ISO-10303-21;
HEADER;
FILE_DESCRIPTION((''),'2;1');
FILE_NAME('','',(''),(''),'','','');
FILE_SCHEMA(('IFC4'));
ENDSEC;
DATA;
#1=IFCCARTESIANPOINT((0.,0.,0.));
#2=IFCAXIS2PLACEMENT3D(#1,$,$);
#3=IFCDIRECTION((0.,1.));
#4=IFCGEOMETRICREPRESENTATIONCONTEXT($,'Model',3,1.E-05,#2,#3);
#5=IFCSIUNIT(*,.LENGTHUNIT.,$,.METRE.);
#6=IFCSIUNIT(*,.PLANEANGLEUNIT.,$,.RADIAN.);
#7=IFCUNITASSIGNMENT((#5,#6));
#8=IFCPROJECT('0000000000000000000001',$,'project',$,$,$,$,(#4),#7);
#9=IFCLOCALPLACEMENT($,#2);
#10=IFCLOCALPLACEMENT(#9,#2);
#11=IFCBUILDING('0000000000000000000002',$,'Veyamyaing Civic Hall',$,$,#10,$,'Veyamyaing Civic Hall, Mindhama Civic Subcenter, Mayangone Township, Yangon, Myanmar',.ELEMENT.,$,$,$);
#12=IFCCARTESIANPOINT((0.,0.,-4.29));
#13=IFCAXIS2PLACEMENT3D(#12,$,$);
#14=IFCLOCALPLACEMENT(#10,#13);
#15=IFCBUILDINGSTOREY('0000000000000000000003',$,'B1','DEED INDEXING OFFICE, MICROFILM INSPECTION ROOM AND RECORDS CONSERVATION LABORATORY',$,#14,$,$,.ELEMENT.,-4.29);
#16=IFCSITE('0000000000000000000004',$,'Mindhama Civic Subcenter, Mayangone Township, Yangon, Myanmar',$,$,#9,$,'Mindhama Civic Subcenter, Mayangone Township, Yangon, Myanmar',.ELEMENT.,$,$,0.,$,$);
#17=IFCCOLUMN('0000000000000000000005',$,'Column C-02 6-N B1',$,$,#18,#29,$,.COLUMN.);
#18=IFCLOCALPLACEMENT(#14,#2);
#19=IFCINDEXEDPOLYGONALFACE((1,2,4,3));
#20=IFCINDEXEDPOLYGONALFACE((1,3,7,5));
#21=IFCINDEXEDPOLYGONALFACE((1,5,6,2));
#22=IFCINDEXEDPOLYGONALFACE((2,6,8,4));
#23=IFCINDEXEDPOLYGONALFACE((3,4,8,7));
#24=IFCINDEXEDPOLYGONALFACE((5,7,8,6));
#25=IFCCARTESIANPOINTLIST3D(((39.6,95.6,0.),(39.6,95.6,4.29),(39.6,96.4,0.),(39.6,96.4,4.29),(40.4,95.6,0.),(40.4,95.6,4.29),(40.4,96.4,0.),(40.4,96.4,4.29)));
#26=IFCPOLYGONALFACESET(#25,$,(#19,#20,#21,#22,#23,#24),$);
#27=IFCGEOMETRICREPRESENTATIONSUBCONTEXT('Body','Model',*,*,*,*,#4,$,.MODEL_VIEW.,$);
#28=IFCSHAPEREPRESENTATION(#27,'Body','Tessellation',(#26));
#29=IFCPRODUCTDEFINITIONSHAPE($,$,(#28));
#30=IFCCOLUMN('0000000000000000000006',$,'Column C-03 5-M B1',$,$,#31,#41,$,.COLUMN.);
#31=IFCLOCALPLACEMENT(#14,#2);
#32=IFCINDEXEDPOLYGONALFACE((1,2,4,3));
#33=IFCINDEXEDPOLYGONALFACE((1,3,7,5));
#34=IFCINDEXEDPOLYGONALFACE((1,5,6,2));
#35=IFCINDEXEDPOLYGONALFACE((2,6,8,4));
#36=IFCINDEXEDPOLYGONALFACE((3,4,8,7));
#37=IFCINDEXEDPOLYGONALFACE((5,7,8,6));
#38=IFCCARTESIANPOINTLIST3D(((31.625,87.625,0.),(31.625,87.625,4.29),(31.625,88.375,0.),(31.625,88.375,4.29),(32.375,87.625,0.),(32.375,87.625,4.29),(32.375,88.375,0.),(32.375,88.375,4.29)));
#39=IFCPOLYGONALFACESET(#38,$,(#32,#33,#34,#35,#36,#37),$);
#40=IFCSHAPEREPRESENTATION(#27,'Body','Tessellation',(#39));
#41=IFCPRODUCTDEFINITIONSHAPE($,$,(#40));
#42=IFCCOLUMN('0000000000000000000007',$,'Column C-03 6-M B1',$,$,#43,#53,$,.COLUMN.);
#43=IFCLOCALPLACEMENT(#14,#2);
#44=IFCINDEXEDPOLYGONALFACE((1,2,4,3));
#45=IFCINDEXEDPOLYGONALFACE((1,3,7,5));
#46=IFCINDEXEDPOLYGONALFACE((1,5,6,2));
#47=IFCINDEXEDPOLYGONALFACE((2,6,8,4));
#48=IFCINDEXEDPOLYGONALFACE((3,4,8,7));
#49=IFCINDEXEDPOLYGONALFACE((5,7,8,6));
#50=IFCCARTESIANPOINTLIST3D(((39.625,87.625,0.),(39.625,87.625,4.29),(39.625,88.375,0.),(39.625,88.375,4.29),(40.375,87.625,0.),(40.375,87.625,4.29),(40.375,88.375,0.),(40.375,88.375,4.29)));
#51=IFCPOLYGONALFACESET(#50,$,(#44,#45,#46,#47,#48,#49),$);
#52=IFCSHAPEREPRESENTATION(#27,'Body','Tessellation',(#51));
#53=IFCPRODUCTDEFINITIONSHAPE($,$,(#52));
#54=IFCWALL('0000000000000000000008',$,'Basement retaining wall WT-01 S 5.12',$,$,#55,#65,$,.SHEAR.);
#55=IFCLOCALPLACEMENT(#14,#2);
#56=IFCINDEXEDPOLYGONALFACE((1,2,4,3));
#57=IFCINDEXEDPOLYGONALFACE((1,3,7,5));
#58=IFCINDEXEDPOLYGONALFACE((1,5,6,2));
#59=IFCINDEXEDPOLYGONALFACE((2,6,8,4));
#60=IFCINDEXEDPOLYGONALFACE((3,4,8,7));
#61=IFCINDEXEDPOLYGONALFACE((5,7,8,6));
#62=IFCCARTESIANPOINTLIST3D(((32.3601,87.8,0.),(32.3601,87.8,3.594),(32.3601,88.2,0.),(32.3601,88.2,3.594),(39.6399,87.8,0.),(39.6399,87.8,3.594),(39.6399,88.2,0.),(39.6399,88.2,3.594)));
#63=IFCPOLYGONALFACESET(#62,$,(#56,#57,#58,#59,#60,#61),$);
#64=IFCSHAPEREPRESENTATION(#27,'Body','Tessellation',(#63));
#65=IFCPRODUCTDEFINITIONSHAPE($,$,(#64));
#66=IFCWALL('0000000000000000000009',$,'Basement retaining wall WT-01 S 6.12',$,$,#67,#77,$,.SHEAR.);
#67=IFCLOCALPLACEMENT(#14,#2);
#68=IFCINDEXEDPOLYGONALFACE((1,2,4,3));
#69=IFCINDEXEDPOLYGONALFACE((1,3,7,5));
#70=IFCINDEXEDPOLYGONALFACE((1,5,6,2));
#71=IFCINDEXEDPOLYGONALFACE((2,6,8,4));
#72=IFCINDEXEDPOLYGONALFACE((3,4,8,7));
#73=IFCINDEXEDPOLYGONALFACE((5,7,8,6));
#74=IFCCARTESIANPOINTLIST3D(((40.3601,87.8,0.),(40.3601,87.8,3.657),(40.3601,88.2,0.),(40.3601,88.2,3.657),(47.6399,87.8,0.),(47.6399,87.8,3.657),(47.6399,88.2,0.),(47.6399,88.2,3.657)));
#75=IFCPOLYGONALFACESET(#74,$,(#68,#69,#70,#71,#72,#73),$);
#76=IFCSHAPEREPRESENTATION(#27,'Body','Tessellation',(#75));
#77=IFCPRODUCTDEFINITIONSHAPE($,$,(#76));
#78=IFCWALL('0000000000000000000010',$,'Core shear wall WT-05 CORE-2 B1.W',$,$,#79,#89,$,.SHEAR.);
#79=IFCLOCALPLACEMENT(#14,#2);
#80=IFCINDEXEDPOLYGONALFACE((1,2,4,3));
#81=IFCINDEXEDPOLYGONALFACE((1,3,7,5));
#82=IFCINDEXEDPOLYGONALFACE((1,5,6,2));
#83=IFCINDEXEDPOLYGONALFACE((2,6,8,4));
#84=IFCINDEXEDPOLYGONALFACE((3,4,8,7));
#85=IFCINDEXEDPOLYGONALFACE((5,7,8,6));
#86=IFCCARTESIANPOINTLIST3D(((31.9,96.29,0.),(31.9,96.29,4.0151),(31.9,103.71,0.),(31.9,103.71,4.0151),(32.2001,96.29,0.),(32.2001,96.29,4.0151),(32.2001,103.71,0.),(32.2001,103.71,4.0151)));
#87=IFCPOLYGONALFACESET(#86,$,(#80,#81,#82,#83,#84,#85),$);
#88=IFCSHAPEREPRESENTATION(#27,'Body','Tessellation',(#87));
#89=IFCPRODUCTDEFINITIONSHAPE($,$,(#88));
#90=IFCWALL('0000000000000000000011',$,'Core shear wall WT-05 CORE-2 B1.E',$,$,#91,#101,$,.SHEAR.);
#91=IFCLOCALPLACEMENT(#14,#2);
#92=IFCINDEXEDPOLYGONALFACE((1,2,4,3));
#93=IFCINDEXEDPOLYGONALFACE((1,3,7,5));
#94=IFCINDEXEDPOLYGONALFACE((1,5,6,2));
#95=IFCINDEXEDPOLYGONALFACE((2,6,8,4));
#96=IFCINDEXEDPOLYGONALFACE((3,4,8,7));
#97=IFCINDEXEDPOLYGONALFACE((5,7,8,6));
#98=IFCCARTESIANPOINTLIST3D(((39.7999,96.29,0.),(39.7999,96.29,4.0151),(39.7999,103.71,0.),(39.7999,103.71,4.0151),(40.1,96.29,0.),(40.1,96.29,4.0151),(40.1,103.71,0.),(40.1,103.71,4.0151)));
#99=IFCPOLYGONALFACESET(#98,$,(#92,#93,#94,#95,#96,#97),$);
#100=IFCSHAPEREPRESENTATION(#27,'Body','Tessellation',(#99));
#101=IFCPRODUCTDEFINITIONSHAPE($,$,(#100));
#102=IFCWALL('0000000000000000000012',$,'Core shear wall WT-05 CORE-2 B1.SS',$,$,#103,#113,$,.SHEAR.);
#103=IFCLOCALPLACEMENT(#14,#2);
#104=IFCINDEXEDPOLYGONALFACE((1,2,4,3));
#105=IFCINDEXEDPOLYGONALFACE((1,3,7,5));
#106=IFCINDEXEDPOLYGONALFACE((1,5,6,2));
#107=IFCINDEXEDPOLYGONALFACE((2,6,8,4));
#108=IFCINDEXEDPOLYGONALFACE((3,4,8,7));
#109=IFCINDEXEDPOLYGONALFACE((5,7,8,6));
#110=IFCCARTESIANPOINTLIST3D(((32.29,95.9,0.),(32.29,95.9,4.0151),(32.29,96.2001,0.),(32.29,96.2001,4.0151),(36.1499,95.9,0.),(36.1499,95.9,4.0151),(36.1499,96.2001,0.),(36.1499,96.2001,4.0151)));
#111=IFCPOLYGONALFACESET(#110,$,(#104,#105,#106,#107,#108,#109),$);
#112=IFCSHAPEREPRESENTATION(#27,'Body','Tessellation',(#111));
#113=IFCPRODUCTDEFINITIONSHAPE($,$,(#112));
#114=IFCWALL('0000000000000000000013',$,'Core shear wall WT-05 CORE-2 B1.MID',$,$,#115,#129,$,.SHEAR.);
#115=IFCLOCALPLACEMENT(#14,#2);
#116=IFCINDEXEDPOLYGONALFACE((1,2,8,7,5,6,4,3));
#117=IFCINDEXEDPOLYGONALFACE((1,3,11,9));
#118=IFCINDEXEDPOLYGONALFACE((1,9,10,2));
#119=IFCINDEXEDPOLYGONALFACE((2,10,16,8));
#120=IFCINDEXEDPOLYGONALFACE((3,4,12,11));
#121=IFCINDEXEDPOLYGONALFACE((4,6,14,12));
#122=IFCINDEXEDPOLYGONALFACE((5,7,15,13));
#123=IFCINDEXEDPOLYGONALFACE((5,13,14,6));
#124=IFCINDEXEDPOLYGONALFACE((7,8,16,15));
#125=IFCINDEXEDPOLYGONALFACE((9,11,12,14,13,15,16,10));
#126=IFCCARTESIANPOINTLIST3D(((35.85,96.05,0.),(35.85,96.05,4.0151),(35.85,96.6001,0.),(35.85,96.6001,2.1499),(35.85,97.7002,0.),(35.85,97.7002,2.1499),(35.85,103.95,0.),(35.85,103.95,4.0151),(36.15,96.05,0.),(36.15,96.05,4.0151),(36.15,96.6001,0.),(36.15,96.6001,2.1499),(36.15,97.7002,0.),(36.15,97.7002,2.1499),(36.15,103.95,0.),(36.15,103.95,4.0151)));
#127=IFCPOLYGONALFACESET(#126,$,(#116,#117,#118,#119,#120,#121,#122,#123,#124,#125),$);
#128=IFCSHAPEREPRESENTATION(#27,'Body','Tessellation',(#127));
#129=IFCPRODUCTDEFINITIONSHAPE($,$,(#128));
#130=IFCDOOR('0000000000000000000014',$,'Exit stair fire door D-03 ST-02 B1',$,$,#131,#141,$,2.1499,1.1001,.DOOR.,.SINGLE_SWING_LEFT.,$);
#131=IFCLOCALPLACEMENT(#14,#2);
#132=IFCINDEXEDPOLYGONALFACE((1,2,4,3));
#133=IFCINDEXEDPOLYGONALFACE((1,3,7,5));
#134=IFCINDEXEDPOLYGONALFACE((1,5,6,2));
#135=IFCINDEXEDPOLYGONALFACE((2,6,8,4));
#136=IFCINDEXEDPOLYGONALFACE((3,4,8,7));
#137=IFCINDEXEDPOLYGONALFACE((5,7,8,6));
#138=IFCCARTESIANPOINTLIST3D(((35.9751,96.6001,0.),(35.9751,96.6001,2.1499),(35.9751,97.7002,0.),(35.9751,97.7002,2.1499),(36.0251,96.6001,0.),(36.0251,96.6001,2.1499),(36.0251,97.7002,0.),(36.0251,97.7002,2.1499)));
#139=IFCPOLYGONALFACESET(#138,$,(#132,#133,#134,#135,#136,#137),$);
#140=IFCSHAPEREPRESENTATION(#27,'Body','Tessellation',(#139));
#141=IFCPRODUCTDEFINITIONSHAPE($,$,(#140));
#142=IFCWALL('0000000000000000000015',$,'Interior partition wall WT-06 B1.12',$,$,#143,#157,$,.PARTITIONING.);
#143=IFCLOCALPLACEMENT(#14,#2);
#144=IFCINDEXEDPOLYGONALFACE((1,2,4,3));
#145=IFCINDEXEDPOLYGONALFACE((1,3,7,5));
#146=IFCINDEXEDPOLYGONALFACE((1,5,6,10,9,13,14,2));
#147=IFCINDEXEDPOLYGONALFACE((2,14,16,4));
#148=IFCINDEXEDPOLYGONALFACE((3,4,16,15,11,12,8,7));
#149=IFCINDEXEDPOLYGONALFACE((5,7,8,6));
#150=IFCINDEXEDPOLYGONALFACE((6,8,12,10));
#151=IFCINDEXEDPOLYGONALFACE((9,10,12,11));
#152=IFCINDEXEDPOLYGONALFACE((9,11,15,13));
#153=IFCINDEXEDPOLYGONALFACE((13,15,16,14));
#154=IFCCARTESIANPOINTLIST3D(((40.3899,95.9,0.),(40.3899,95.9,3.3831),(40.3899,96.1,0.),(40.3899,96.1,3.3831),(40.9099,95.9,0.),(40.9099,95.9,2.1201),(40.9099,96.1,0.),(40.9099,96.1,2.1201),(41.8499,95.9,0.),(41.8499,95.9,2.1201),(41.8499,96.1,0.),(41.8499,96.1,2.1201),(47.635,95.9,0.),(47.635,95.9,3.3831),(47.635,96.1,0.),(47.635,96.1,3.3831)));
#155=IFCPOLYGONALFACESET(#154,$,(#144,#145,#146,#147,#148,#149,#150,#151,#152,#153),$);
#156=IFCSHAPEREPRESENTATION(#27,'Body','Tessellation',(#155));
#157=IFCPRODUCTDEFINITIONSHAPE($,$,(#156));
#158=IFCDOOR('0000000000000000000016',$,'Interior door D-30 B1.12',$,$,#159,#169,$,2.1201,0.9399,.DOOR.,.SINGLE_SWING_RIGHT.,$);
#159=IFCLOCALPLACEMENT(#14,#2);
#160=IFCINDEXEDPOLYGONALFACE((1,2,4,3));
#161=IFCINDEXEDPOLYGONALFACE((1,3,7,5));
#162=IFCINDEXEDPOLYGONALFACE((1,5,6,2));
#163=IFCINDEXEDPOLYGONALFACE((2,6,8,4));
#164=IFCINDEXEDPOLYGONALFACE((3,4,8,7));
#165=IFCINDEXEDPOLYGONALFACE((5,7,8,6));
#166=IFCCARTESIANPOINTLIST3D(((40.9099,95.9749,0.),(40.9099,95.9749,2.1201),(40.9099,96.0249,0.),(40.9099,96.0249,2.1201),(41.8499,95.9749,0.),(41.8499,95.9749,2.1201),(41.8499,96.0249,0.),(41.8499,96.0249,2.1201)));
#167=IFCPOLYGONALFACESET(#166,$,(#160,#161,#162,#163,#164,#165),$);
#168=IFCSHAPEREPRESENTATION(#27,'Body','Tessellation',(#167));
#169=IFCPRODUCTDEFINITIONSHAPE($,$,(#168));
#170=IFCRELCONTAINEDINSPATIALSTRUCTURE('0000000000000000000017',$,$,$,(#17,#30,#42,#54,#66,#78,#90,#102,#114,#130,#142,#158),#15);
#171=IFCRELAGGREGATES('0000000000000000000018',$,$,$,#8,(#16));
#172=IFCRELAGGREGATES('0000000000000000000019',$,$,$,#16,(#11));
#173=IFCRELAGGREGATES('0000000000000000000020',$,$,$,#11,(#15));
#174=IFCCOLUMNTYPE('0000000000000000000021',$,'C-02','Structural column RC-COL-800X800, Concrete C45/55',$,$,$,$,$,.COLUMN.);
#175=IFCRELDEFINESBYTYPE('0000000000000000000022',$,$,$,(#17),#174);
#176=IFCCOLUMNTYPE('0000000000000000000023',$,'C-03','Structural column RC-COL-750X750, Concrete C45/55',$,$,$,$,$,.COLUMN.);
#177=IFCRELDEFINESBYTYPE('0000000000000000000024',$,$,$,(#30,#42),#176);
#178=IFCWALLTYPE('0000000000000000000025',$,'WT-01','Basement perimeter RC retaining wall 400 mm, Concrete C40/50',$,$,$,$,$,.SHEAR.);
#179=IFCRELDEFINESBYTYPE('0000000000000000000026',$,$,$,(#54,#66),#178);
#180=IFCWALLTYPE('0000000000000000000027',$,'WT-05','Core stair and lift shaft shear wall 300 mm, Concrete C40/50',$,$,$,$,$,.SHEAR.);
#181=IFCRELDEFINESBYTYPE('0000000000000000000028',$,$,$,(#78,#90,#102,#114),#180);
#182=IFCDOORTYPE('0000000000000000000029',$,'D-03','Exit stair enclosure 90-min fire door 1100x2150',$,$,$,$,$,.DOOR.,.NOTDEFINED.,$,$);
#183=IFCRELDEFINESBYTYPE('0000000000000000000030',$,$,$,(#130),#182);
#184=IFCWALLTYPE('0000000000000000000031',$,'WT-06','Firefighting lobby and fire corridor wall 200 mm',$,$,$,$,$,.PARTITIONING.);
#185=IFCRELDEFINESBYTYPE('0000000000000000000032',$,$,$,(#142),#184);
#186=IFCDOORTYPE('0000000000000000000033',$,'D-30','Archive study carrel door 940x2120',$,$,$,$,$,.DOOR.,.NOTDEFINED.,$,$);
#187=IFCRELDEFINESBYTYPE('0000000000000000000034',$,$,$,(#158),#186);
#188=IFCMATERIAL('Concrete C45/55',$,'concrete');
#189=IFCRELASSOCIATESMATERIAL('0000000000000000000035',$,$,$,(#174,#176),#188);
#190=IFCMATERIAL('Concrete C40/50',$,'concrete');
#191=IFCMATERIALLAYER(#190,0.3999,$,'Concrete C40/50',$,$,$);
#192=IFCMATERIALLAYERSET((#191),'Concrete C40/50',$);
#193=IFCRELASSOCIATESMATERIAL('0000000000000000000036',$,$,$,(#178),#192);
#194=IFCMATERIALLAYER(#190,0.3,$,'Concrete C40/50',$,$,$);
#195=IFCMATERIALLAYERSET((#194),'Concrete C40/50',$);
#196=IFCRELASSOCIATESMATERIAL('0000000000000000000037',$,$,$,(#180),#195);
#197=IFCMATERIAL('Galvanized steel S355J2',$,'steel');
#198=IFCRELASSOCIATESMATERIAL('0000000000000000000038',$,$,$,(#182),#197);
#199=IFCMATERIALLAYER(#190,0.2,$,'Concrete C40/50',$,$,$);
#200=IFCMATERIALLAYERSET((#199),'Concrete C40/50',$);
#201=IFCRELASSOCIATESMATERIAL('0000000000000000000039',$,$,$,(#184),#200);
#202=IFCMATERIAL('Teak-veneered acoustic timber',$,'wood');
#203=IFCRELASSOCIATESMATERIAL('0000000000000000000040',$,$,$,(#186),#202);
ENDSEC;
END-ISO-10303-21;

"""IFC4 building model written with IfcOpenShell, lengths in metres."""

from ifc_helpers import new_model, si_unit, direction, frame, frame_2d, origin, origin_2d, place, context, subcontext, project, spatial, rectangle, extrude, material, layer, layer_set, material_profile, profile_set, type_object, element, fill, save


model = new_model("IFC4")

# Units and contexts
model_context = context("Model", 3, precision=1e-05, world=origin(), true_north=direction((0.0, 1.0)))
body_context = subcontext(model_context, "Body", "Model", "MODEL_VIEW")
ifc_project = project(units=[si_unit("LENGTHUNIT", "METRE"), si_unit("PLANEANGLEUNIT", "RADIAN")], contexts=[model_context])

# Site, building, storey
site_placement = place(None, origin())
site = spatial("IfcSite", under=ifc_project, at=site_placement, Name="Mindhama Civic Subcenter, Mayangone Township, Yangon, Myanmar", LongName="Mindhama Civic Subcenter, Mayangone Township, Yangon, Myanmar", CompositionType="ELEMENT", RefElevation=0.0)
building_placement = place(site_placement, origin())
building = spatial("IfcBuilding", under=site, at=building_placement, Name="Veyamyaing Civic Hall", LongName="Veyamyaing Civic Hall, Mindhama Civic Subcenter, Mayangone Township, Yangon, Myanmar", CompositionType="ELEMENT")
storey_placement = place(building_placement, frame((0.0, 0.0, -4.29)))
storey = spatial("IfcBuildingStorey", under=building, at=storey_placement, Name="B1", Description="DEED INDEXING OFFICE, MICROFILM INSPECTION ROOM AND RECORDS CONSERVATION LABORATORY", CompositionType="ELEMENT", Elevation=-4.29)

# Shared definitions
ifc_material_1 = material(Name="Concrete C40/50", Category="concrete")

# Columns
ifc_material_2 = material(Name="Concrete C45/55", Category="concrete")
ifc_material_profile_1 = material_profile(ifc_material_2, rectangle(XDim=0.8, YDim=0.8, at=origin_2d()), Name="RC-COL-800X800")
ifc_profile_set_1 = profile_set([ifc_material_profile_1], Name="Concrete C45/55")
column_type_1 = type_object("IfcColumnType", Name="C-02", Description="Structural column RC-COL-800X800, Concrete C45/55", PredefinedType="COLUMN", material=ifc_profile_set_1)
for number, where, z_axis, x_axis, name in (
    (1, (40.0, 96.0, 0.0), (0.0, 0.0, 1.0), (1.0, 0.0, 0.0), "Column C-02 6-N B1"),
):
    element("IfcColumn", number, at=place(storey_placement, frame(where, z_axis=z_axis, x_axis=x_axis)), inside=storey, type_object=column_type_1, Name=name, PredefinedType="COLUMN", context=body_context, shape_type="SweptSolid", body=[
        extrude(rectangle(XDim=0.8, YDim=0.8, at=origin_2d()), origin(), (0.0, 0.0, 1.0), 4.29),
    ])
ifc_material_profile_2 = material_profile(ifc_material_2, rectangle(XDim=0.75, YDim=0.75, at=origin_2d()), Name="RC-COL-750X750")
ifc_profile_set_2 = profile_set([ifc_material_profile_2], Name="Concrete C45/55")
column_type_2 = type_object("IfcColumnType", Name="C-03", Description="Structural column RC-COL-750X750, Concrete C45/55", PredefinedType="COLUMN", material=ifc_profile_set_2)
for number, where, z_axis, x_axis, name in (
    (2, (32.0, 88.0, 0.0), (0.0, 0.0, 1.0), (1.0, 0.0, 0.0), "Column C-03 5-M B1"),
    (3, (40.0, 88.0, 0.0), (0.0, 0.0, 1.0), (1.0, 0.0, 0.0), "Column C-03 6-M B1"),
):
    element("IfcColumn", number, at=place(storey_placement, frame(where, z_axis=z_axis, x_axis=x_axis)), inside=storey, type_object=column_type_2, Name=name, PredefinedType="COLUMN", context=body_context, shape_type="SweptSolid", body=[
        extrude(rectangle(XDim=0.75, YDim=0.75, at=origin_2d()), origin(), (0.0, 0.0, 1.0), 4.29),
    ])

# Walls
ifc_layer_1 = layer(ifc_material_1, 0.3999, Name="Concrete C40/50")
ifc_layer_set_1 = layer_set([ifc_layer_1], Name="Concrete C40/50")
wall_type_1 = type_object("IfcWallType", Name="WT-01", Description="Basement perimeter RC retaining wall 400 mm, Concrete C40/50", PredefinedType="SHEAR", material=ifc_layer_set_1)
wall_1_placement = place(storey_placement, frame((32.3601, 88.0, 0.0), z_axis=(0.0, 0.0, 1.0), x_axis=(1.0, 0.0, 0.0)))
element("IfcWall", 4, at=wall_1_placement, inside=storey, type_object=wall_type_1, Name="Basement retaining wall WT-01 S 5.12", PredefinedType="SHEAR", context=body_context, shape_type="SweptSolid", body=[
    extrude(rectangle(XDim=7.2798, YDim=0.3999, at=frame_2d((3.6399, 0.0))), origin(), (0.0, 0.0, 1.0), 3.594),
])
wall_2_placement = place(storey_placement, frame((40.3601, 88.0, 0.0), z_axis=(0.0, 0.0, 1.0), x_axis=(1.0, 0.0, 0.0)))
element("IfcWall", 5, at=wall_2_placement, inside=storey, type_object=wall_type_1, Name="Basement retaining wall WT-01 S 6.12", PredefinedType="SHEAR", context=body_context, shape_type="SweptSolid", body=[
    extrude(rectangle(XDim=7.2798, YDim=0.3999, at=frame_2d((3.6399, 0.0))), origin(), (0.0, 0.0, 1.0), 3.657),
])
ifc_layer_2 = layer(ifc_material_1, 0.3, Name="Concrete C40/50")
ifc_layer_set_2 = layer_set([ifc_layer_2], Name="Concrete C40/50")
wall_type_2 = type_object("IfcWallType", Name="WT-05", Description="Core stair and lift shaft shear wall 300 mm, Concrete C40/50", PredefinedType="SHEAR", material=ifc_layer_set_2)
for number, where, z_axis, x_axis, name in (
    (6, (32.05, 96.29, 0.0), (0.0, 0.0, 1.0), (0.0, 1.0, 0.0), "Core shear wall WT-05 CORE-2 B1.W"),
    (7, (39.95, 96.29, 0.0), (0.0, 0.0, 1.0), (0.0, 1.0, 0.0), "Core shear wall WT-05 CORE-2 B1.E"),
):
    element("IfcWall", number, at=place(storey_placement, frame(where, z_axis=z_axis, x_axis=x_axis)), inside=storey, type_object=wall_type_2, Name=name, PredefinedType="SHEAR", context=body_context, shape_type="SweptSolid", body=[
        extrude(rectangle(XDim=7.4199, YDim=0.3, at=frame_2d((3.71, 0.0))), origin(), (0.0, 0.0, 1.0), 4.0151),
    ])
wall_3_placement = place(storey_placement, frame((32.29, 96.05, 0.0), z_axis=(0.0, 0.0, 1.0), x_axis=(1.0, 0.0, 0.0)))
element("IfcWall", 8, at=wall_3_placement, inside=storey, type_object=wall_type_2, Name="Core shear wall WT-05 CORE-2 B1.SS", PredefinedType="SHEAR", context=body_context, shape_type="SweptSolid", body=[
    extrude(rectangle(XDim=3.8599, YDim=0.3, at=frame_2d((1.9299, 0.0))), origin(), (0.0, 0.0, 1.0), 4.0151),
])

# Walls, openings, doors
wall_4_placement = place(storey_placement, frame((36.0, 96.05, 0.0), z_axis=(0.0, 0.0, 1.0), x_axis=(0.0, 1.0, 0.0)))
wall_4 = element("IfcWall", 9, at=wall_4_placement, inside=storey, type_object=wall_type_2, Name="Core shear wall WT-05 CORE-2 B1.MID", PredefinedType="SHEAR", context=body_context, shape_type="SweptSolid", body=[
    extrude(rectangle(XDim=7.8999, YDim=0.3, at=frame_2d((3.95, 0.0))), origin(), (0.0, 0.0, 1.0), 4.0151),
])
opening_1_placement = place(wall_4_placement, frame((0.55, 0.0, 0.0)))
opening_1 = element("IfcOpeningElement", 10, at=opening_1_placement, cuts=wall_4, PredefinedType="OPENING", context=body_context, shape_type="SweptSolid", body=[
    extrude(rectangle(XDim=1.1001, YDim=2.1499, at=frame_2d((0.55, 1.075))), frame((0.0, 0.1599, 0.0), z_axis=(0.0, -1.0, 0.0), x_axis=(1.0, 0.0, 0.0)), (0.0, 0.0, 1.0), 0.3201),
])
ifc_material_3 = material(Name="Galvanized steel S355J2", Category="steel")
door_type_1 = type_object("IfcDoorType", Name="D-03", Description="Exit stair enclosure 90-min fire door 1100x2150", OperationType="NOTDEFINED", PredefinedType="DOOR", material=ifc_material_3)
door_1_placement = place(opening_1_placement, origin())
door_1 = element("IfcDoor", 11, at=door_1_placement, inside=storey, type_object=door_type_1, Name="Exit stair fire door D-03 ST-02 B1", OperationType="SINGLE_SWING_LEFT", OverallHeight=2.1499, OverallWidth=1.1001, PredefinedType="DOOR", context=body_context, shape_type="SweptSolid", body=[
    extrude(rectangle(XDim=1.1001, YDim=2.1499, at=frame_2d((0.55, 1.075))), frame((0.0, 0.0249, 0.0), z_axis=(0.0, -1.0, 0.0), x_axis=(1.0, 0.0, 0.0)), (0.0, 0.0, 1.0), 0.05),
])
fill(opening_1, door_1)
ifc_layer_3 = layer(ifc_material_1, 0.2, Name="Concrete C40/50")
ifc_layer_set_3 = layer_set([ifc_layer_3], Name="Concrete C40/50")
wall_type_3 = type_object("IfcWallType", Name="WT-06", Description="Firefighting lobby and fire corridor wall 200 mm", PredefinedType="PARTITIONING", material=ifc_layer_set_3)
wall_5_placement = place(storey_placement, frame((40.3899, 96.0, 0.0), z_axis=(0.0, 0.0, 1.0), x_axis=(1.0, 0.0, 0.0)))
wall_5 = element("IfcWall", 12, at=wall_5_placement, inside=storey, type_object=wall_type_3, Name="Interior partition wall WT-06 B1.12", PredefinedType="PARTITIONING", context=body_context, shape_type="SweptSolid", body=[
    extrude(rectangle(XDim=7.2451, YDim=0.2, at=frame_2d((3.6226, 0.0))), origin(), (0.0, 0.0, 1.0), 3.3831),
])
opening_2_placement = place(wall_5_placement, frame((0.52, 0.0, 0.0)))
opening_2 = element("IfcOpeningElement", 13, at=opening_2_placement, cuts=wall_5, PredefinedType="OPENING", context=body_context, shape_type="SweptSolid", body=[
    extrude(rectangle(XDim=0.9399, YDim=2.1201, at=frame_2d((0.47, 1.0601))), frame((0.0, 0.1099, 0.0), z_axis=(0.0, -1.0, 0.0), x_axis=(1.0, 0.0, 0.0)), (0.0, 0.0, 1.0), 0.22),
])
ifc_material_4 = material(Name="Teak-veneered acoustic timber", Category="wood")
door_type_2 = type_object("IfcDoorType", Name="D-30", Description="Archive study carrel door 940x2120", OperationType="NOTDEFINED", PredefinedType="DOOR", material=ifc_material_4)
door_2_placement = place(opening_2_placement, origin())
door_2 = element("IfcDoor", 14, at=door_2_placement, inside=storey, type_object=door_type_2, Name="Interior door D-30 B1.12", OperationType="SINGLE_SWING_RIGHT", OverallHeight=2.1201, OverallWidth=0.9399, PredefinedType="DOOR", context=body_context, shape_type="SweptSolid", body=[
    extrude(rectangle(XDim=0.9399, YDim=2.1201, at=frame_2d((0.47, 1.0601))), frame((0.0, 0.0249, 0.0), z_axis=(0.0, -1.0, 0.0), x_axis=(1.0, 0.0, 0.0)), (0.0, 0.0, 1.0), 0.05),
])
fill(opening_2, door_2)

save(model, "model.ifc")
